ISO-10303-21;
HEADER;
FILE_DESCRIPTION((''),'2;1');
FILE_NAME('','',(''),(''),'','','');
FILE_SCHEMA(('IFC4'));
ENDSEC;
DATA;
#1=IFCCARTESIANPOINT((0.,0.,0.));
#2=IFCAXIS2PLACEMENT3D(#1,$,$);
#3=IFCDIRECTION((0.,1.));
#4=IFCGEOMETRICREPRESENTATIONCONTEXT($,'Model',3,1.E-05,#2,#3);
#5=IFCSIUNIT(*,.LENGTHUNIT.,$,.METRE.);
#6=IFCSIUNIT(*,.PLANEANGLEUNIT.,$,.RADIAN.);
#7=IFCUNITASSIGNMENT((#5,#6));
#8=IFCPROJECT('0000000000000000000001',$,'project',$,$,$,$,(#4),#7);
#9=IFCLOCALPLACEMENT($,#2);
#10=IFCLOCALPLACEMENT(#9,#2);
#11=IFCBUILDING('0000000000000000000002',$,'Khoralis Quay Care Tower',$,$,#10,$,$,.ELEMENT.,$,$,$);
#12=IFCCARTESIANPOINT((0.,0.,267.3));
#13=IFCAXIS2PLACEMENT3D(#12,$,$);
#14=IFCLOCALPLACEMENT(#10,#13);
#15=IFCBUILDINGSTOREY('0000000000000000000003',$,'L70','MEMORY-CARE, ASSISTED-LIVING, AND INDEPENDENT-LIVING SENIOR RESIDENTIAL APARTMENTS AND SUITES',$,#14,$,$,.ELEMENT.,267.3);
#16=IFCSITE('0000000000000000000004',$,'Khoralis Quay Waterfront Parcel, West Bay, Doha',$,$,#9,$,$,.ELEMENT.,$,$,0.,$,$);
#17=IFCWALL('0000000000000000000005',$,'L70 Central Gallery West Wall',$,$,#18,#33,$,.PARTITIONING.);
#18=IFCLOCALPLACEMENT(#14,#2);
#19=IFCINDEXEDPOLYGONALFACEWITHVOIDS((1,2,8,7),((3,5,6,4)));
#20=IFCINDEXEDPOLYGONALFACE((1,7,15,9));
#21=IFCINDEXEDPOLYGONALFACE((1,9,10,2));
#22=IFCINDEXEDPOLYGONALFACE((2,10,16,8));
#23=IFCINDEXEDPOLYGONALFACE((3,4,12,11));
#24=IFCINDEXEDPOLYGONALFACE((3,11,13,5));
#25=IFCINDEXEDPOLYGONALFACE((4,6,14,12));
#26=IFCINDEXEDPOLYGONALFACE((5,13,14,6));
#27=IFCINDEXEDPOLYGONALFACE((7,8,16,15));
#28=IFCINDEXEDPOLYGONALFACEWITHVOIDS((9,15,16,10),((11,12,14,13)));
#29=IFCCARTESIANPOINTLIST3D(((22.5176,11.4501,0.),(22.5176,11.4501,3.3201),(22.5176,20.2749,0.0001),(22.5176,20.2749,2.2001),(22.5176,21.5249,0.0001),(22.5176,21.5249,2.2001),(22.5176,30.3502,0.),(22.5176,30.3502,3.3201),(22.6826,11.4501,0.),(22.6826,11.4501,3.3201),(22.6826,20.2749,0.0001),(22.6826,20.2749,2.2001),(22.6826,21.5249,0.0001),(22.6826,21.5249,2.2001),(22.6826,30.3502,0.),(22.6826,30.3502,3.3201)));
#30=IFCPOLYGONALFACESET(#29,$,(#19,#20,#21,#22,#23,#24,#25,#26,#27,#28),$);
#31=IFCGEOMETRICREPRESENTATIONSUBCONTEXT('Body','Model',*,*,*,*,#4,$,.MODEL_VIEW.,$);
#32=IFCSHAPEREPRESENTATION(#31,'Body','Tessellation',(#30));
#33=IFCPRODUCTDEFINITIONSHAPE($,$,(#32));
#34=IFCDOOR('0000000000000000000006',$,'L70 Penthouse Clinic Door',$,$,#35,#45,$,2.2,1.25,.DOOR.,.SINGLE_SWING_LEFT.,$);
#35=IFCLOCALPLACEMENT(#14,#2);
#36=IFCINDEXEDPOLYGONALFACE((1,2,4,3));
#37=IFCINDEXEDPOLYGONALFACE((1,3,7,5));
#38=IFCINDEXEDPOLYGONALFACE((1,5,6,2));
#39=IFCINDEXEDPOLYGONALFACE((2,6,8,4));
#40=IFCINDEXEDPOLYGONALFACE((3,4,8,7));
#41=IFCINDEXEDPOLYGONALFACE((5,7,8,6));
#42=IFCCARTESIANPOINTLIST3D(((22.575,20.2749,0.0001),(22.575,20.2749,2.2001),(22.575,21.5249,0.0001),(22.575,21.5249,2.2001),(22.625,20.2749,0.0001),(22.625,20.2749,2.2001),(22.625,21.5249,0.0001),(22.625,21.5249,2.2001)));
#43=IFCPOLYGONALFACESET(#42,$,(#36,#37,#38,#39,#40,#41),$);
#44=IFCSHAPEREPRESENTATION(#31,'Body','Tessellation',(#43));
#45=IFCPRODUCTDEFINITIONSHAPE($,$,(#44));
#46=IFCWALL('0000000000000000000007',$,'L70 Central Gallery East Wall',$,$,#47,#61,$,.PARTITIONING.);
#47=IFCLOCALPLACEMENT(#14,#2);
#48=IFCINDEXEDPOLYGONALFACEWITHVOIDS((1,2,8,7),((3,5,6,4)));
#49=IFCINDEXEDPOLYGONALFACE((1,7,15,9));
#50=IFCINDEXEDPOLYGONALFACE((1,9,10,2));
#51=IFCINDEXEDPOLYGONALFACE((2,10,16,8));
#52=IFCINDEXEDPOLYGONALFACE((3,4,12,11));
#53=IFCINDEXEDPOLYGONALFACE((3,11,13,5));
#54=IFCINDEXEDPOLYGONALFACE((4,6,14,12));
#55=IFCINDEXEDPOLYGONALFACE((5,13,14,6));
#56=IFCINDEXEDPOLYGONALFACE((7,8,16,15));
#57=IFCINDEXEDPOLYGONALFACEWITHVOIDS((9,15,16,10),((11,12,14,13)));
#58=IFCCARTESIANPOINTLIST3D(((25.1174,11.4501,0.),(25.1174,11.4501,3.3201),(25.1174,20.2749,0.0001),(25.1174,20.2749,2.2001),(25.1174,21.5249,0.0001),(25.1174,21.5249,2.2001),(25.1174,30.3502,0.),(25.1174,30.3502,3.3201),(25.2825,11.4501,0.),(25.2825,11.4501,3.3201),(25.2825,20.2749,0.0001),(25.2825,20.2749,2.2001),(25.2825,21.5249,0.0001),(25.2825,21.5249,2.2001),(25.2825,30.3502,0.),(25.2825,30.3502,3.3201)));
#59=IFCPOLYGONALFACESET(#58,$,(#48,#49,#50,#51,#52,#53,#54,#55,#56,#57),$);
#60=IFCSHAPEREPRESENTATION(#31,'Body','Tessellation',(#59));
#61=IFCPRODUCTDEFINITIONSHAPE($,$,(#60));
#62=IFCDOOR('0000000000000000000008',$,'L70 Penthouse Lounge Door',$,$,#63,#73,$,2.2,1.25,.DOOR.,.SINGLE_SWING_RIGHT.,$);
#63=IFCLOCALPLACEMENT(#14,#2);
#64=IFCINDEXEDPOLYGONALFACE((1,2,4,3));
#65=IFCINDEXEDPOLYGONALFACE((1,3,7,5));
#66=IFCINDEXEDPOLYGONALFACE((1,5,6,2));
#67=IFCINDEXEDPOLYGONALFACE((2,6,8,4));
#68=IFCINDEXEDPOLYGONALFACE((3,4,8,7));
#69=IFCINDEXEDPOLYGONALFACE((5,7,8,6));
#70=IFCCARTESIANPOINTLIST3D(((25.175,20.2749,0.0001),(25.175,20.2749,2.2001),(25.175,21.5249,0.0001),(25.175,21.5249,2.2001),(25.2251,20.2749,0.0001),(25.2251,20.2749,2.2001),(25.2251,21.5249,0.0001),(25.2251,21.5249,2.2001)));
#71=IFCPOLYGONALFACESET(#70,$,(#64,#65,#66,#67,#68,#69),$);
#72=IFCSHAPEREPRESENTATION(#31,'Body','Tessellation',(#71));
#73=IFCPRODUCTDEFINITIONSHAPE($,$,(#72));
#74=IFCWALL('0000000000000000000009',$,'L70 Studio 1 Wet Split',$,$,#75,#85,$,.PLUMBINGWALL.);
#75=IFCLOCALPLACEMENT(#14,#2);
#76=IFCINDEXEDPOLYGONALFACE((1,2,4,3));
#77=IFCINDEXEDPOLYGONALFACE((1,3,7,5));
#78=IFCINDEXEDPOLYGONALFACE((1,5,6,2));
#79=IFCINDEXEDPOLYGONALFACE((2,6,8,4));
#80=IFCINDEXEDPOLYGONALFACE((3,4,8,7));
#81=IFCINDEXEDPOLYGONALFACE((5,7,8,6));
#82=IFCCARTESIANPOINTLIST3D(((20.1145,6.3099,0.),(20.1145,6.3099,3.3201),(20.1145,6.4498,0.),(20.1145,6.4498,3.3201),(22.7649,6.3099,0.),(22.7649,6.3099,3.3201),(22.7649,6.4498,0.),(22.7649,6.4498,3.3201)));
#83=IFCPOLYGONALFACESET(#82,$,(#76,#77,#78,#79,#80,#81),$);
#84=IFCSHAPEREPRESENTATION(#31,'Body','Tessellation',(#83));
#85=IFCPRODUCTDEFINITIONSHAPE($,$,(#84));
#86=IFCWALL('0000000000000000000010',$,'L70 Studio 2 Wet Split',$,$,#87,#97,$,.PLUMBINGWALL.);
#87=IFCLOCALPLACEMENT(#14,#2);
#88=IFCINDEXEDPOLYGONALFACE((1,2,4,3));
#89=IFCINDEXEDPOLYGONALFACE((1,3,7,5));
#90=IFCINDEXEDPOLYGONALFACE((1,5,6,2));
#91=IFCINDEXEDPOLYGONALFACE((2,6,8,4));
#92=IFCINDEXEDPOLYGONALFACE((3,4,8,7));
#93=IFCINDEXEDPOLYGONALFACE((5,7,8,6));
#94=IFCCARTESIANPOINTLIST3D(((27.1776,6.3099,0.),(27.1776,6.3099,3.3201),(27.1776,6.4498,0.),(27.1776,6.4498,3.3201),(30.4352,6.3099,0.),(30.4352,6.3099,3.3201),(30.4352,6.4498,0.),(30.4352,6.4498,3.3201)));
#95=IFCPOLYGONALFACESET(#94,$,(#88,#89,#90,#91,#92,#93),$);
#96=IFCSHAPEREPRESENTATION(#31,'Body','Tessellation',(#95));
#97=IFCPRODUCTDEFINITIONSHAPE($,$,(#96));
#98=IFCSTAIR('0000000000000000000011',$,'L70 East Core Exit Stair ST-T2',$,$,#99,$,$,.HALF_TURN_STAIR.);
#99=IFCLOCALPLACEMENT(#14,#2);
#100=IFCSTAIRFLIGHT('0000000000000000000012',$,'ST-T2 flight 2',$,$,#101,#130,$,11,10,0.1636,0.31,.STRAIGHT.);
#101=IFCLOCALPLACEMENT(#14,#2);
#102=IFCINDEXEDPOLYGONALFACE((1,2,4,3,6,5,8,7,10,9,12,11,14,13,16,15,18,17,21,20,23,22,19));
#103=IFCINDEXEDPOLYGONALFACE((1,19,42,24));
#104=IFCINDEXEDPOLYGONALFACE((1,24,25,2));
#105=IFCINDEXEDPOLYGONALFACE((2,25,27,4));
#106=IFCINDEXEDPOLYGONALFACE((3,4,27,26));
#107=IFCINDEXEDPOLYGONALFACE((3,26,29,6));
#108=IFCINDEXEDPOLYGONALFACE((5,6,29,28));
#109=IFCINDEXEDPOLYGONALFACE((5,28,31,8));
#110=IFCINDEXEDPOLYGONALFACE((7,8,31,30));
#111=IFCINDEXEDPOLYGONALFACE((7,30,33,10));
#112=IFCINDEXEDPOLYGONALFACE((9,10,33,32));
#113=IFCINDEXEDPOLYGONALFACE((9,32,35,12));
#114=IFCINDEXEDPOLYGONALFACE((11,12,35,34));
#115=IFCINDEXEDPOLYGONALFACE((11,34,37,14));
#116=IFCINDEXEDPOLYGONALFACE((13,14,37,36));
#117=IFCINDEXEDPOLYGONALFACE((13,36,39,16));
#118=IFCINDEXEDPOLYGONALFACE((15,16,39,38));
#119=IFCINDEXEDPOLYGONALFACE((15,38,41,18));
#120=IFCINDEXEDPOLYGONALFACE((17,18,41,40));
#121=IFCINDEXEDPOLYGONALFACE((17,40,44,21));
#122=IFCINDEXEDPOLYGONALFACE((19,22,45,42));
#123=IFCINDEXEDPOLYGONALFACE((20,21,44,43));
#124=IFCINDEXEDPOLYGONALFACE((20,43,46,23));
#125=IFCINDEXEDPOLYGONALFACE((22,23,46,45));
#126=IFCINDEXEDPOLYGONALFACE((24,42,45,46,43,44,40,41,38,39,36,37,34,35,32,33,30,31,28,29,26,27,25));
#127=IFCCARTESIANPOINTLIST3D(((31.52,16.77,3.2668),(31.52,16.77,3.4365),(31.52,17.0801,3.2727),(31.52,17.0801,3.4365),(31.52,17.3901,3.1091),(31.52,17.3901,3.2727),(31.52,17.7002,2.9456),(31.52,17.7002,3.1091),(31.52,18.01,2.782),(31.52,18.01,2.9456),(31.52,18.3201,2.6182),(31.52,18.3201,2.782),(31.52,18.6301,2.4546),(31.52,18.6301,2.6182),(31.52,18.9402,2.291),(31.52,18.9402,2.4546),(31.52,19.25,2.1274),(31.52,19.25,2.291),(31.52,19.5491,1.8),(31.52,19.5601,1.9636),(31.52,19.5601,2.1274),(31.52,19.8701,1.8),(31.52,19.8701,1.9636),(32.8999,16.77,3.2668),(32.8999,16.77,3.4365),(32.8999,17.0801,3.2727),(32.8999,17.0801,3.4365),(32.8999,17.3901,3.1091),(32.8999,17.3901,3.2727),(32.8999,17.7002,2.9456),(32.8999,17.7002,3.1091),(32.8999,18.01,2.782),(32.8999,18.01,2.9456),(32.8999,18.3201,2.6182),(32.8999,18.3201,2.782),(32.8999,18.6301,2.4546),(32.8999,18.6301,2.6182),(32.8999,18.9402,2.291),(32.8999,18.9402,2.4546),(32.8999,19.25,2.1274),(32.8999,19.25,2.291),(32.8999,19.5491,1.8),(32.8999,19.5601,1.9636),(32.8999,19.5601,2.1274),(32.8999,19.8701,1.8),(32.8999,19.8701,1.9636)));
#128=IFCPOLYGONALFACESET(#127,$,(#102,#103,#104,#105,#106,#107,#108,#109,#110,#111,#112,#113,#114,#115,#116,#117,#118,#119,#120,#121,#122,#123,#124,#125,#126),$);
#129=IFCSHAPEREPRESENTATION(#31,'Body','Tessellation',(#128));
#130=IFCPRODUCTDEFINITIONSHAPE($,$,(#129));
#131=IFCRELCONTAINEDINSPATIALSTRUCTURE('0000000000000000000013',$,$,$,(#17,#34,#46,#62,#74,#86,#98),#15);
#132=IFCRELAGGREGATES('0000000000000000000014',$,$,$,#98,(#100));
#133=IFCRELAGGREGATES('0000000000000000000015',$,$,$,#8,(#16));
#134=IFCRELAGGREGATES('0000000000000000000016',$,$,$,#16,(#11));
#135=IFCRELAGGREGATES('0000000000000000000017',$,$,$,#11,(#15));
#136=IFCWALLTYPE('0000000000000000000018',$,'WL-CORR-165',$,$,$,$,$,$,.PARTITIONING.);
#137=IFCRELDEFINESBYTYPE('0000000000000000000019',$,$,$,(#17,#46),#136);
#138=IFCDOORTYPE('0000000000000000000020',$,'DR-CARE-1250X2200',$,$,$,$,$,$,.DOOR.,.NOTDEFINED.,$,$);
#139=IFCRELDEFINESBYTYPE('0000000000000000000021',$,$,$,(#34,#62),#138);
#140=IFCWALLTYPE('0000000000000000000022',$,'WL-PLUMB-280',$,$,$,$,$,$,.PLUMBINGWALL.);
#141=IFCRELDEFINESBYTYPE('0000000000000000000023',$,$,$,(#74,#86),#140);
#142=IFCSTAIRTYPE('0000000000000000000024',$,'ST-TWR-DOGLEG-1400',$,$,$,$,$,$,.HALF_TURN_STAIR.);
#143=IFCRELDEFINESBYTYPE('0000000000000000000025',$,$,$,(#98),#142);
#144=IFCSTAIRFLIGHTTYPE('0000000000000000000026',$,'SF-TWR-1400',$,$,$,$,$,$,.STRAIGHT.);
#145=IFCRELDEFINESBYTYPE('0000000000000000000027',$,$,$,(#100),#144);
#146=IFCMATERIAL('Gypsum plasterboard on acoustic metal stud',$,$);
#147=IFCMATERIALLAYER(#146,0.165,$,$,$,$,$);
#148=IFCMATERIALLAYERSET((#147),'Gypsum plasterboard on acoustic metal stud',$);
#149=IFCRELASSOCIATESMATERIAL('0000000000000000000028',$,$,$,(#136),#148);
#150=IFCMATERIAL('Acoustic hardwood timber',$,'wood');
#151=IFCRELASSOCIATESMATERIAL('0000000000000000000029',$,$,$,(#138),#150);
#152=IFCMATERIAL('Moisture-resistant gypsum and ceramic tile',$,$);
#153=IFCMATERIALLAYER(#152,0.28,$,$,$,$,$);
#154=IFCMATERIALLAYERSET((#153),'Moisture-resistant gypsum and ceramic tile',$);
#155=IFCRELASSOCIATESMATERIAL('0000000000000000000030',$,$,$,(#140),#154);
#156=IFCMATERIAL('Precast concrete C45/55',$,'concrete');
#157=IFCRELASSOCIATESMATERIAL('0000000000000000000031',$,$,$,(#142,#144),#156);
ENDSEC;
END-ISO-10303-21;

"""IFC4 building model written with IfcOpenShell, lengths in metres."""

from ifc_helpers import new_model, si_unit, direction, frame, frame_2d, origin, place, context, subcontext, project, spatial, polyline, rectangle, outline, extrude, source, transform, mapped, material, layer, layer_set, type_object, element, fill, aggregate, save


model = new_model("IFC4")

# Units and contexts
model_context = context("Model", 3, precision=1e-05, world=origin(), true_north=direction((0.0, 1.0)))
body_context = subcontext(model_context, "Body", "Model", "MODEL_VIEW")
ifc_project = project(units=[si_unit("LENGTHUNIT", "METRE"), si_unit("PLANEANGLEUNIT", "RADIAN")], contexts=[model_context])

# Site, building, storey
site_placement = place(None, origin())
site = spatial("IfcSite", under=ifc_project, at=site_placement, Name="Khoralis Quay Waterfront Parcel, West Bay, Doha", CompositionType="ELEMENT", RefElevation=0.0)
building_placement = place(site_placement, origin())
building = spatial("IfcBuilding", under=site, at=building_placement, Name="Khoralis Quay Care Tower", CompositionType="ELEMENT")
storey_placement = place(building_placement, frame((0.0, 0.0, 267.3)))
storey = spatial("IfcBuildingStorey", under=building, at=storey_placement, Name="L70", Description="MEMORY-CARE, ASSISTED-LIVING, AND INDEPENDENT-LIVING SENIOR RESIDENTIAL APARTMENTS AND SUITES", CompositionType="ELEMENT", Elevation=267.3)

# Shared definitions
ifc_material_1 = material(Name="Gypsum plasterboard on acoustic metal stud")

# Walls, openings, doors
ifc_layer_1 = layer(ifc_material_1, 0.165)
ifc_layer_set_1 = layer_set([ifc_layer_1], Name="Gypsum plasterboard on acoustic metal stud")
wall_type_1 = type_object("IfcWallType", Name="WL-CORR-165", PredefinedType="PARTITIONING", material=ifc_layer_set_1)
wall_1_placement = place(storey_placement, frame((22.6001, 11.45, 0.0), z_axis=(0.0, 0.0, 1.0), x_axis=(0.0, 1.0, 0.0)))
wall_1 = element("IfcWall", 1, at=wall_1_placement, inside=storey, type_object=wall_type_1, Name="L70 Central Gallery West Wall", PredefinedType="PARTITIONING", context=body_context, shape_type="SweptSolid", body=[
    extrude(rectangle(XDim=18.9001, YDim=0.165, at=frame_2d((9.4502, 0.0))), origin(), (0.0, 0.0, 1.0), 3.3201),
])
opening_1_placement = place(wall_1_placement, frame((8.825, 0.0, 0.0)))
opening_1 = element("IfcOpeningElement", 2, at=opening_1_placement, cuts=wall_1, PredefinedType="OPENING", context=body_context, shape_type="SweptSolid", body=[
    extrude(rectangle(XDim=1.25, YDim=2.2, at=frame_2d((0.625, 1.1001))), frame((0.0, 0.0925, 0.0), z_axis=(0.0, -1.0, 0.0), x_axis=(1.0, 0.0, 0.0)), (0.0, 0.0, 1.0), 0.1851),
])
ifc_material_2 = material(Name="Acoustic hardwood timber", Category="wood")
door_type_1 = type_object("IfcDoorType", Name="DR-CARE-1250X2200", OperationType="NOTDEFINED", PredefinedType="DOOR", material=ifc_material_2)
shared_shape_1 = source(origin(), body_context, "Body", "SweptSolid", [
    extrude(rectangle(XDim=1.25, YDim=2.2, at=frame_2d((0.625, 1.1001))), frame((0.0, 0.0249, 0.0), z_axis=(0.0, -1.0, 0.0), x_axis=(1.0, 0.0, 0.0)), (0.0, 0.0, 1.0), 0.05),
])
door_1_placement = place(opening_1_placement, frame((1.25, 0.0, 0.0), z_axis=(0.0, 0.0, 1.0), x_axis=(-1.0, 0.0, 0.0)))
door_1 = element("IfcDoor", 3, at=door_1_placement, inside=storey, type_object=door_type_1, Name="L70 Penthouse Clinic Door", OperationType="SINGLE_SWING_LEFT", OverallHeight=2.2, OverallWidth=1.25, PredefinedType="DOOR", context=body_context, shape_type="MappedRepresentation", body=[
    mapped(shared_shape_1, transform((0.0, 0.0, 0.0), scale=1.0)),
])
fill(opening_1, door_1)
wall_2_placement = place(storey_placement, frame((25.2, 11.45, 0.0), z_axis=(0.0, 0.0, 1.0), x_axis=(0.0, 1.0, 0.0)))
wall_2 = element("IfcWall", 4, at=wall_2_placement, inside=storey, type_object=wall_type_1, Name="L70 Central Gallery East Wall", PredefinedType="PARTITIONING", context=body_context, shape_type="SweptSolid", body=[
    extrude(rectangle(XDim=18.9001, YDim=0.165, at=frame_2d((9.4502, 0.0))), origin(), (0.0, 0.0, 1.0), 3.3201),
])
opening_2_placement = place(wall_2_placement, frame((8.825, 0.0, 0.0)))
opening_2 = element("IfcOpeningElement", 5, at=opening_2_placement, cuts=wall_2, PredefinedType="OPENING", context=body_context, shape_type="SweptSolid", body=[
    extrude(rectangle(XDim=1.25, YDim=2.2, at=frame_2d((0.625, 1.1001))), frame((0.0, 0.0925, 0.0), z_axis=(0.0, -1.0, 0.0), x_axis=(1.0, 0.0, 0.0)), (0.0, 0.0, 1.0), 0.1851),
])
door_2_placement = place(opening_2_placement, origin())
door_2 = element("IfcDoor", 6, at=door_2_placement, inside=storey, type_object=door_type_1, Name="L70 Penthouse Lounge Door", OperationType="SINGLE_SWING_RIGHT", OverallHeight=2.2, OverallWidth=1.25, PredefinedType="DOOR", context=body_context, shape_type="MappedRepresentation", body=[
    mapped(shared_shape_1, transform((0.0, 0.0, 0.0), scale=1.0)),
])
fill(opening_2, door_2)

# Walls
ifc_material_3 = material(Name="Moisture-resistant gypsum and ceramic tile")
ifc_layer_2 = layer(ifc_material_3, 0.28)
ifc_layer_set_2 = layer_set([ifc_layer_2], Name="Moisture-resistant gypsum and ceramic tile")
wall_type_2 = type_object("IfcWallType", Name="WL-PLUMB-280", PredefinedType="PLUMBINGWALL", material=ifc_layer_set_2)
wall_3_placement = place(storey_placement, frame((20.1145, 6.3799, 0.0), z_axis=(0.0, 0.0, 1.0), x_axis=(1.0, 0.0, 0.0)))
element("IfcWall", 7, at=wall_3_placement, inside=storey, type_object=wall_type_2, Name="L70 Studio 1 Wet Split", PredefinedType="PLUMBINGWALL", context=body_context, shape_type="SweptSolid", body=[
    extrude(rectangle(XDim=2.6504, YDim=0.1399, at=frame_2d((1.3252, 0.0))), origin(), (0.0, 0.0, 1.0), 3.3201),
])
wall_4_placement = place(storey_placement, frame((27.1775, 6.3799, 0.0), z_axis=(0.0, 0.0, 1.0), x_axis=(1.0, 0.0, 0.0)))
element("IfcWall", 8, at=wall_4_placement, inside=storey, type_object=wall_type_2, Name="L70 Studio 2 Wet Split", PredefinedType="PLUMBINGWALL", context=body_context, shape_type="SweptSolid", body=[
    extrude(rectangle(XDim=3.2576, YDim=0.1399, at=frame_2d((1.6289, 0.0))), origin(), (0.0, 0.0, 1.0), 3.3201),
])

# Stair, stair flight
ifc_material_4 = material(Name="Precast concrete C45/55", Category="concrete")
stair_type = type_object("IfcStairType", Name="ST-TWR-DOGLEG-1400", PredefinedType="HALF_TURN_STAIR", material=ifc_material_4)
stair_placement = place(storey_placement, origin())
stair = element("IfcStair", 9, at=stair_placement, inside=storey, type_object=stair_type, Name="L70 East Core Exit Stair ST-T2", PredefinedType="HALF_TURN_STAIR")
stair_flight_type = type_object("IfcStairFlightType", Name="SF-TWR-1400", PredefinedType="STRAIGHT", material=ifc_material_4)
shared_shape_2 = source(origin(), body_context, "Body", "SweptSolid", [
    extrude(outline(polyline([(0.0, 0.0), (0.0, 0.1636), (0.3101, 0.1636), (0.3101, 0.3274), (0.6201, 0.3274), (0.6201, 0.491), (0.9299, 0.491), (0.9299, 0.6545), (1.24, 0.6545), (1.24, 0.8181), (1.55, 0.8181), (1.55, 0.9819), (1.8601, 0.9819), (1.8601, 1.1455), (2.1699, 1.1455), (2.1699, 1.3091), (2.48, 1.3091), (2.48, 1.4727), (2.79, 1.4727), (2.79, 1.6365), (3.1001, 1.6365), (3.1001, 1.8), (3.1001, 1.4668), (0.321, 0.0), (0.0, 0.0)])), frame((0.0, 0.6899, 0.0), z_axis=(0.0, -1.0, 0.0), x_axis=(1.0, 0.0, 0.0)), (0.0, 0.0, 1.0), 1.3799),
])
stair_flight_placement = place(storey_placement, frame((32.21, 19.8701, 1.8), z_axis=(0.0, 0.0, 1.0), x_axis=(0.0, -1.0, 0.0)))
stair_flight = element("IfcStairFlight", 10, at=stair_flight_placement, type_object=stair_flight_type, Name="ST-T2 flight 2", NumberOfRisers=11, NumberOfTreads=10, PredefinedType="STRAIGHT", RiserHeight=0.1636, TreadLength=0.31, context=body_context, shape_type="MappedRepresentation", body=[
    mapped(shared_shape_2, transform((0.0, 0.0, 0.0), scale=1.0)),
])
aggregate(stair, [stair_flight])

save(model, "model.ifc")
